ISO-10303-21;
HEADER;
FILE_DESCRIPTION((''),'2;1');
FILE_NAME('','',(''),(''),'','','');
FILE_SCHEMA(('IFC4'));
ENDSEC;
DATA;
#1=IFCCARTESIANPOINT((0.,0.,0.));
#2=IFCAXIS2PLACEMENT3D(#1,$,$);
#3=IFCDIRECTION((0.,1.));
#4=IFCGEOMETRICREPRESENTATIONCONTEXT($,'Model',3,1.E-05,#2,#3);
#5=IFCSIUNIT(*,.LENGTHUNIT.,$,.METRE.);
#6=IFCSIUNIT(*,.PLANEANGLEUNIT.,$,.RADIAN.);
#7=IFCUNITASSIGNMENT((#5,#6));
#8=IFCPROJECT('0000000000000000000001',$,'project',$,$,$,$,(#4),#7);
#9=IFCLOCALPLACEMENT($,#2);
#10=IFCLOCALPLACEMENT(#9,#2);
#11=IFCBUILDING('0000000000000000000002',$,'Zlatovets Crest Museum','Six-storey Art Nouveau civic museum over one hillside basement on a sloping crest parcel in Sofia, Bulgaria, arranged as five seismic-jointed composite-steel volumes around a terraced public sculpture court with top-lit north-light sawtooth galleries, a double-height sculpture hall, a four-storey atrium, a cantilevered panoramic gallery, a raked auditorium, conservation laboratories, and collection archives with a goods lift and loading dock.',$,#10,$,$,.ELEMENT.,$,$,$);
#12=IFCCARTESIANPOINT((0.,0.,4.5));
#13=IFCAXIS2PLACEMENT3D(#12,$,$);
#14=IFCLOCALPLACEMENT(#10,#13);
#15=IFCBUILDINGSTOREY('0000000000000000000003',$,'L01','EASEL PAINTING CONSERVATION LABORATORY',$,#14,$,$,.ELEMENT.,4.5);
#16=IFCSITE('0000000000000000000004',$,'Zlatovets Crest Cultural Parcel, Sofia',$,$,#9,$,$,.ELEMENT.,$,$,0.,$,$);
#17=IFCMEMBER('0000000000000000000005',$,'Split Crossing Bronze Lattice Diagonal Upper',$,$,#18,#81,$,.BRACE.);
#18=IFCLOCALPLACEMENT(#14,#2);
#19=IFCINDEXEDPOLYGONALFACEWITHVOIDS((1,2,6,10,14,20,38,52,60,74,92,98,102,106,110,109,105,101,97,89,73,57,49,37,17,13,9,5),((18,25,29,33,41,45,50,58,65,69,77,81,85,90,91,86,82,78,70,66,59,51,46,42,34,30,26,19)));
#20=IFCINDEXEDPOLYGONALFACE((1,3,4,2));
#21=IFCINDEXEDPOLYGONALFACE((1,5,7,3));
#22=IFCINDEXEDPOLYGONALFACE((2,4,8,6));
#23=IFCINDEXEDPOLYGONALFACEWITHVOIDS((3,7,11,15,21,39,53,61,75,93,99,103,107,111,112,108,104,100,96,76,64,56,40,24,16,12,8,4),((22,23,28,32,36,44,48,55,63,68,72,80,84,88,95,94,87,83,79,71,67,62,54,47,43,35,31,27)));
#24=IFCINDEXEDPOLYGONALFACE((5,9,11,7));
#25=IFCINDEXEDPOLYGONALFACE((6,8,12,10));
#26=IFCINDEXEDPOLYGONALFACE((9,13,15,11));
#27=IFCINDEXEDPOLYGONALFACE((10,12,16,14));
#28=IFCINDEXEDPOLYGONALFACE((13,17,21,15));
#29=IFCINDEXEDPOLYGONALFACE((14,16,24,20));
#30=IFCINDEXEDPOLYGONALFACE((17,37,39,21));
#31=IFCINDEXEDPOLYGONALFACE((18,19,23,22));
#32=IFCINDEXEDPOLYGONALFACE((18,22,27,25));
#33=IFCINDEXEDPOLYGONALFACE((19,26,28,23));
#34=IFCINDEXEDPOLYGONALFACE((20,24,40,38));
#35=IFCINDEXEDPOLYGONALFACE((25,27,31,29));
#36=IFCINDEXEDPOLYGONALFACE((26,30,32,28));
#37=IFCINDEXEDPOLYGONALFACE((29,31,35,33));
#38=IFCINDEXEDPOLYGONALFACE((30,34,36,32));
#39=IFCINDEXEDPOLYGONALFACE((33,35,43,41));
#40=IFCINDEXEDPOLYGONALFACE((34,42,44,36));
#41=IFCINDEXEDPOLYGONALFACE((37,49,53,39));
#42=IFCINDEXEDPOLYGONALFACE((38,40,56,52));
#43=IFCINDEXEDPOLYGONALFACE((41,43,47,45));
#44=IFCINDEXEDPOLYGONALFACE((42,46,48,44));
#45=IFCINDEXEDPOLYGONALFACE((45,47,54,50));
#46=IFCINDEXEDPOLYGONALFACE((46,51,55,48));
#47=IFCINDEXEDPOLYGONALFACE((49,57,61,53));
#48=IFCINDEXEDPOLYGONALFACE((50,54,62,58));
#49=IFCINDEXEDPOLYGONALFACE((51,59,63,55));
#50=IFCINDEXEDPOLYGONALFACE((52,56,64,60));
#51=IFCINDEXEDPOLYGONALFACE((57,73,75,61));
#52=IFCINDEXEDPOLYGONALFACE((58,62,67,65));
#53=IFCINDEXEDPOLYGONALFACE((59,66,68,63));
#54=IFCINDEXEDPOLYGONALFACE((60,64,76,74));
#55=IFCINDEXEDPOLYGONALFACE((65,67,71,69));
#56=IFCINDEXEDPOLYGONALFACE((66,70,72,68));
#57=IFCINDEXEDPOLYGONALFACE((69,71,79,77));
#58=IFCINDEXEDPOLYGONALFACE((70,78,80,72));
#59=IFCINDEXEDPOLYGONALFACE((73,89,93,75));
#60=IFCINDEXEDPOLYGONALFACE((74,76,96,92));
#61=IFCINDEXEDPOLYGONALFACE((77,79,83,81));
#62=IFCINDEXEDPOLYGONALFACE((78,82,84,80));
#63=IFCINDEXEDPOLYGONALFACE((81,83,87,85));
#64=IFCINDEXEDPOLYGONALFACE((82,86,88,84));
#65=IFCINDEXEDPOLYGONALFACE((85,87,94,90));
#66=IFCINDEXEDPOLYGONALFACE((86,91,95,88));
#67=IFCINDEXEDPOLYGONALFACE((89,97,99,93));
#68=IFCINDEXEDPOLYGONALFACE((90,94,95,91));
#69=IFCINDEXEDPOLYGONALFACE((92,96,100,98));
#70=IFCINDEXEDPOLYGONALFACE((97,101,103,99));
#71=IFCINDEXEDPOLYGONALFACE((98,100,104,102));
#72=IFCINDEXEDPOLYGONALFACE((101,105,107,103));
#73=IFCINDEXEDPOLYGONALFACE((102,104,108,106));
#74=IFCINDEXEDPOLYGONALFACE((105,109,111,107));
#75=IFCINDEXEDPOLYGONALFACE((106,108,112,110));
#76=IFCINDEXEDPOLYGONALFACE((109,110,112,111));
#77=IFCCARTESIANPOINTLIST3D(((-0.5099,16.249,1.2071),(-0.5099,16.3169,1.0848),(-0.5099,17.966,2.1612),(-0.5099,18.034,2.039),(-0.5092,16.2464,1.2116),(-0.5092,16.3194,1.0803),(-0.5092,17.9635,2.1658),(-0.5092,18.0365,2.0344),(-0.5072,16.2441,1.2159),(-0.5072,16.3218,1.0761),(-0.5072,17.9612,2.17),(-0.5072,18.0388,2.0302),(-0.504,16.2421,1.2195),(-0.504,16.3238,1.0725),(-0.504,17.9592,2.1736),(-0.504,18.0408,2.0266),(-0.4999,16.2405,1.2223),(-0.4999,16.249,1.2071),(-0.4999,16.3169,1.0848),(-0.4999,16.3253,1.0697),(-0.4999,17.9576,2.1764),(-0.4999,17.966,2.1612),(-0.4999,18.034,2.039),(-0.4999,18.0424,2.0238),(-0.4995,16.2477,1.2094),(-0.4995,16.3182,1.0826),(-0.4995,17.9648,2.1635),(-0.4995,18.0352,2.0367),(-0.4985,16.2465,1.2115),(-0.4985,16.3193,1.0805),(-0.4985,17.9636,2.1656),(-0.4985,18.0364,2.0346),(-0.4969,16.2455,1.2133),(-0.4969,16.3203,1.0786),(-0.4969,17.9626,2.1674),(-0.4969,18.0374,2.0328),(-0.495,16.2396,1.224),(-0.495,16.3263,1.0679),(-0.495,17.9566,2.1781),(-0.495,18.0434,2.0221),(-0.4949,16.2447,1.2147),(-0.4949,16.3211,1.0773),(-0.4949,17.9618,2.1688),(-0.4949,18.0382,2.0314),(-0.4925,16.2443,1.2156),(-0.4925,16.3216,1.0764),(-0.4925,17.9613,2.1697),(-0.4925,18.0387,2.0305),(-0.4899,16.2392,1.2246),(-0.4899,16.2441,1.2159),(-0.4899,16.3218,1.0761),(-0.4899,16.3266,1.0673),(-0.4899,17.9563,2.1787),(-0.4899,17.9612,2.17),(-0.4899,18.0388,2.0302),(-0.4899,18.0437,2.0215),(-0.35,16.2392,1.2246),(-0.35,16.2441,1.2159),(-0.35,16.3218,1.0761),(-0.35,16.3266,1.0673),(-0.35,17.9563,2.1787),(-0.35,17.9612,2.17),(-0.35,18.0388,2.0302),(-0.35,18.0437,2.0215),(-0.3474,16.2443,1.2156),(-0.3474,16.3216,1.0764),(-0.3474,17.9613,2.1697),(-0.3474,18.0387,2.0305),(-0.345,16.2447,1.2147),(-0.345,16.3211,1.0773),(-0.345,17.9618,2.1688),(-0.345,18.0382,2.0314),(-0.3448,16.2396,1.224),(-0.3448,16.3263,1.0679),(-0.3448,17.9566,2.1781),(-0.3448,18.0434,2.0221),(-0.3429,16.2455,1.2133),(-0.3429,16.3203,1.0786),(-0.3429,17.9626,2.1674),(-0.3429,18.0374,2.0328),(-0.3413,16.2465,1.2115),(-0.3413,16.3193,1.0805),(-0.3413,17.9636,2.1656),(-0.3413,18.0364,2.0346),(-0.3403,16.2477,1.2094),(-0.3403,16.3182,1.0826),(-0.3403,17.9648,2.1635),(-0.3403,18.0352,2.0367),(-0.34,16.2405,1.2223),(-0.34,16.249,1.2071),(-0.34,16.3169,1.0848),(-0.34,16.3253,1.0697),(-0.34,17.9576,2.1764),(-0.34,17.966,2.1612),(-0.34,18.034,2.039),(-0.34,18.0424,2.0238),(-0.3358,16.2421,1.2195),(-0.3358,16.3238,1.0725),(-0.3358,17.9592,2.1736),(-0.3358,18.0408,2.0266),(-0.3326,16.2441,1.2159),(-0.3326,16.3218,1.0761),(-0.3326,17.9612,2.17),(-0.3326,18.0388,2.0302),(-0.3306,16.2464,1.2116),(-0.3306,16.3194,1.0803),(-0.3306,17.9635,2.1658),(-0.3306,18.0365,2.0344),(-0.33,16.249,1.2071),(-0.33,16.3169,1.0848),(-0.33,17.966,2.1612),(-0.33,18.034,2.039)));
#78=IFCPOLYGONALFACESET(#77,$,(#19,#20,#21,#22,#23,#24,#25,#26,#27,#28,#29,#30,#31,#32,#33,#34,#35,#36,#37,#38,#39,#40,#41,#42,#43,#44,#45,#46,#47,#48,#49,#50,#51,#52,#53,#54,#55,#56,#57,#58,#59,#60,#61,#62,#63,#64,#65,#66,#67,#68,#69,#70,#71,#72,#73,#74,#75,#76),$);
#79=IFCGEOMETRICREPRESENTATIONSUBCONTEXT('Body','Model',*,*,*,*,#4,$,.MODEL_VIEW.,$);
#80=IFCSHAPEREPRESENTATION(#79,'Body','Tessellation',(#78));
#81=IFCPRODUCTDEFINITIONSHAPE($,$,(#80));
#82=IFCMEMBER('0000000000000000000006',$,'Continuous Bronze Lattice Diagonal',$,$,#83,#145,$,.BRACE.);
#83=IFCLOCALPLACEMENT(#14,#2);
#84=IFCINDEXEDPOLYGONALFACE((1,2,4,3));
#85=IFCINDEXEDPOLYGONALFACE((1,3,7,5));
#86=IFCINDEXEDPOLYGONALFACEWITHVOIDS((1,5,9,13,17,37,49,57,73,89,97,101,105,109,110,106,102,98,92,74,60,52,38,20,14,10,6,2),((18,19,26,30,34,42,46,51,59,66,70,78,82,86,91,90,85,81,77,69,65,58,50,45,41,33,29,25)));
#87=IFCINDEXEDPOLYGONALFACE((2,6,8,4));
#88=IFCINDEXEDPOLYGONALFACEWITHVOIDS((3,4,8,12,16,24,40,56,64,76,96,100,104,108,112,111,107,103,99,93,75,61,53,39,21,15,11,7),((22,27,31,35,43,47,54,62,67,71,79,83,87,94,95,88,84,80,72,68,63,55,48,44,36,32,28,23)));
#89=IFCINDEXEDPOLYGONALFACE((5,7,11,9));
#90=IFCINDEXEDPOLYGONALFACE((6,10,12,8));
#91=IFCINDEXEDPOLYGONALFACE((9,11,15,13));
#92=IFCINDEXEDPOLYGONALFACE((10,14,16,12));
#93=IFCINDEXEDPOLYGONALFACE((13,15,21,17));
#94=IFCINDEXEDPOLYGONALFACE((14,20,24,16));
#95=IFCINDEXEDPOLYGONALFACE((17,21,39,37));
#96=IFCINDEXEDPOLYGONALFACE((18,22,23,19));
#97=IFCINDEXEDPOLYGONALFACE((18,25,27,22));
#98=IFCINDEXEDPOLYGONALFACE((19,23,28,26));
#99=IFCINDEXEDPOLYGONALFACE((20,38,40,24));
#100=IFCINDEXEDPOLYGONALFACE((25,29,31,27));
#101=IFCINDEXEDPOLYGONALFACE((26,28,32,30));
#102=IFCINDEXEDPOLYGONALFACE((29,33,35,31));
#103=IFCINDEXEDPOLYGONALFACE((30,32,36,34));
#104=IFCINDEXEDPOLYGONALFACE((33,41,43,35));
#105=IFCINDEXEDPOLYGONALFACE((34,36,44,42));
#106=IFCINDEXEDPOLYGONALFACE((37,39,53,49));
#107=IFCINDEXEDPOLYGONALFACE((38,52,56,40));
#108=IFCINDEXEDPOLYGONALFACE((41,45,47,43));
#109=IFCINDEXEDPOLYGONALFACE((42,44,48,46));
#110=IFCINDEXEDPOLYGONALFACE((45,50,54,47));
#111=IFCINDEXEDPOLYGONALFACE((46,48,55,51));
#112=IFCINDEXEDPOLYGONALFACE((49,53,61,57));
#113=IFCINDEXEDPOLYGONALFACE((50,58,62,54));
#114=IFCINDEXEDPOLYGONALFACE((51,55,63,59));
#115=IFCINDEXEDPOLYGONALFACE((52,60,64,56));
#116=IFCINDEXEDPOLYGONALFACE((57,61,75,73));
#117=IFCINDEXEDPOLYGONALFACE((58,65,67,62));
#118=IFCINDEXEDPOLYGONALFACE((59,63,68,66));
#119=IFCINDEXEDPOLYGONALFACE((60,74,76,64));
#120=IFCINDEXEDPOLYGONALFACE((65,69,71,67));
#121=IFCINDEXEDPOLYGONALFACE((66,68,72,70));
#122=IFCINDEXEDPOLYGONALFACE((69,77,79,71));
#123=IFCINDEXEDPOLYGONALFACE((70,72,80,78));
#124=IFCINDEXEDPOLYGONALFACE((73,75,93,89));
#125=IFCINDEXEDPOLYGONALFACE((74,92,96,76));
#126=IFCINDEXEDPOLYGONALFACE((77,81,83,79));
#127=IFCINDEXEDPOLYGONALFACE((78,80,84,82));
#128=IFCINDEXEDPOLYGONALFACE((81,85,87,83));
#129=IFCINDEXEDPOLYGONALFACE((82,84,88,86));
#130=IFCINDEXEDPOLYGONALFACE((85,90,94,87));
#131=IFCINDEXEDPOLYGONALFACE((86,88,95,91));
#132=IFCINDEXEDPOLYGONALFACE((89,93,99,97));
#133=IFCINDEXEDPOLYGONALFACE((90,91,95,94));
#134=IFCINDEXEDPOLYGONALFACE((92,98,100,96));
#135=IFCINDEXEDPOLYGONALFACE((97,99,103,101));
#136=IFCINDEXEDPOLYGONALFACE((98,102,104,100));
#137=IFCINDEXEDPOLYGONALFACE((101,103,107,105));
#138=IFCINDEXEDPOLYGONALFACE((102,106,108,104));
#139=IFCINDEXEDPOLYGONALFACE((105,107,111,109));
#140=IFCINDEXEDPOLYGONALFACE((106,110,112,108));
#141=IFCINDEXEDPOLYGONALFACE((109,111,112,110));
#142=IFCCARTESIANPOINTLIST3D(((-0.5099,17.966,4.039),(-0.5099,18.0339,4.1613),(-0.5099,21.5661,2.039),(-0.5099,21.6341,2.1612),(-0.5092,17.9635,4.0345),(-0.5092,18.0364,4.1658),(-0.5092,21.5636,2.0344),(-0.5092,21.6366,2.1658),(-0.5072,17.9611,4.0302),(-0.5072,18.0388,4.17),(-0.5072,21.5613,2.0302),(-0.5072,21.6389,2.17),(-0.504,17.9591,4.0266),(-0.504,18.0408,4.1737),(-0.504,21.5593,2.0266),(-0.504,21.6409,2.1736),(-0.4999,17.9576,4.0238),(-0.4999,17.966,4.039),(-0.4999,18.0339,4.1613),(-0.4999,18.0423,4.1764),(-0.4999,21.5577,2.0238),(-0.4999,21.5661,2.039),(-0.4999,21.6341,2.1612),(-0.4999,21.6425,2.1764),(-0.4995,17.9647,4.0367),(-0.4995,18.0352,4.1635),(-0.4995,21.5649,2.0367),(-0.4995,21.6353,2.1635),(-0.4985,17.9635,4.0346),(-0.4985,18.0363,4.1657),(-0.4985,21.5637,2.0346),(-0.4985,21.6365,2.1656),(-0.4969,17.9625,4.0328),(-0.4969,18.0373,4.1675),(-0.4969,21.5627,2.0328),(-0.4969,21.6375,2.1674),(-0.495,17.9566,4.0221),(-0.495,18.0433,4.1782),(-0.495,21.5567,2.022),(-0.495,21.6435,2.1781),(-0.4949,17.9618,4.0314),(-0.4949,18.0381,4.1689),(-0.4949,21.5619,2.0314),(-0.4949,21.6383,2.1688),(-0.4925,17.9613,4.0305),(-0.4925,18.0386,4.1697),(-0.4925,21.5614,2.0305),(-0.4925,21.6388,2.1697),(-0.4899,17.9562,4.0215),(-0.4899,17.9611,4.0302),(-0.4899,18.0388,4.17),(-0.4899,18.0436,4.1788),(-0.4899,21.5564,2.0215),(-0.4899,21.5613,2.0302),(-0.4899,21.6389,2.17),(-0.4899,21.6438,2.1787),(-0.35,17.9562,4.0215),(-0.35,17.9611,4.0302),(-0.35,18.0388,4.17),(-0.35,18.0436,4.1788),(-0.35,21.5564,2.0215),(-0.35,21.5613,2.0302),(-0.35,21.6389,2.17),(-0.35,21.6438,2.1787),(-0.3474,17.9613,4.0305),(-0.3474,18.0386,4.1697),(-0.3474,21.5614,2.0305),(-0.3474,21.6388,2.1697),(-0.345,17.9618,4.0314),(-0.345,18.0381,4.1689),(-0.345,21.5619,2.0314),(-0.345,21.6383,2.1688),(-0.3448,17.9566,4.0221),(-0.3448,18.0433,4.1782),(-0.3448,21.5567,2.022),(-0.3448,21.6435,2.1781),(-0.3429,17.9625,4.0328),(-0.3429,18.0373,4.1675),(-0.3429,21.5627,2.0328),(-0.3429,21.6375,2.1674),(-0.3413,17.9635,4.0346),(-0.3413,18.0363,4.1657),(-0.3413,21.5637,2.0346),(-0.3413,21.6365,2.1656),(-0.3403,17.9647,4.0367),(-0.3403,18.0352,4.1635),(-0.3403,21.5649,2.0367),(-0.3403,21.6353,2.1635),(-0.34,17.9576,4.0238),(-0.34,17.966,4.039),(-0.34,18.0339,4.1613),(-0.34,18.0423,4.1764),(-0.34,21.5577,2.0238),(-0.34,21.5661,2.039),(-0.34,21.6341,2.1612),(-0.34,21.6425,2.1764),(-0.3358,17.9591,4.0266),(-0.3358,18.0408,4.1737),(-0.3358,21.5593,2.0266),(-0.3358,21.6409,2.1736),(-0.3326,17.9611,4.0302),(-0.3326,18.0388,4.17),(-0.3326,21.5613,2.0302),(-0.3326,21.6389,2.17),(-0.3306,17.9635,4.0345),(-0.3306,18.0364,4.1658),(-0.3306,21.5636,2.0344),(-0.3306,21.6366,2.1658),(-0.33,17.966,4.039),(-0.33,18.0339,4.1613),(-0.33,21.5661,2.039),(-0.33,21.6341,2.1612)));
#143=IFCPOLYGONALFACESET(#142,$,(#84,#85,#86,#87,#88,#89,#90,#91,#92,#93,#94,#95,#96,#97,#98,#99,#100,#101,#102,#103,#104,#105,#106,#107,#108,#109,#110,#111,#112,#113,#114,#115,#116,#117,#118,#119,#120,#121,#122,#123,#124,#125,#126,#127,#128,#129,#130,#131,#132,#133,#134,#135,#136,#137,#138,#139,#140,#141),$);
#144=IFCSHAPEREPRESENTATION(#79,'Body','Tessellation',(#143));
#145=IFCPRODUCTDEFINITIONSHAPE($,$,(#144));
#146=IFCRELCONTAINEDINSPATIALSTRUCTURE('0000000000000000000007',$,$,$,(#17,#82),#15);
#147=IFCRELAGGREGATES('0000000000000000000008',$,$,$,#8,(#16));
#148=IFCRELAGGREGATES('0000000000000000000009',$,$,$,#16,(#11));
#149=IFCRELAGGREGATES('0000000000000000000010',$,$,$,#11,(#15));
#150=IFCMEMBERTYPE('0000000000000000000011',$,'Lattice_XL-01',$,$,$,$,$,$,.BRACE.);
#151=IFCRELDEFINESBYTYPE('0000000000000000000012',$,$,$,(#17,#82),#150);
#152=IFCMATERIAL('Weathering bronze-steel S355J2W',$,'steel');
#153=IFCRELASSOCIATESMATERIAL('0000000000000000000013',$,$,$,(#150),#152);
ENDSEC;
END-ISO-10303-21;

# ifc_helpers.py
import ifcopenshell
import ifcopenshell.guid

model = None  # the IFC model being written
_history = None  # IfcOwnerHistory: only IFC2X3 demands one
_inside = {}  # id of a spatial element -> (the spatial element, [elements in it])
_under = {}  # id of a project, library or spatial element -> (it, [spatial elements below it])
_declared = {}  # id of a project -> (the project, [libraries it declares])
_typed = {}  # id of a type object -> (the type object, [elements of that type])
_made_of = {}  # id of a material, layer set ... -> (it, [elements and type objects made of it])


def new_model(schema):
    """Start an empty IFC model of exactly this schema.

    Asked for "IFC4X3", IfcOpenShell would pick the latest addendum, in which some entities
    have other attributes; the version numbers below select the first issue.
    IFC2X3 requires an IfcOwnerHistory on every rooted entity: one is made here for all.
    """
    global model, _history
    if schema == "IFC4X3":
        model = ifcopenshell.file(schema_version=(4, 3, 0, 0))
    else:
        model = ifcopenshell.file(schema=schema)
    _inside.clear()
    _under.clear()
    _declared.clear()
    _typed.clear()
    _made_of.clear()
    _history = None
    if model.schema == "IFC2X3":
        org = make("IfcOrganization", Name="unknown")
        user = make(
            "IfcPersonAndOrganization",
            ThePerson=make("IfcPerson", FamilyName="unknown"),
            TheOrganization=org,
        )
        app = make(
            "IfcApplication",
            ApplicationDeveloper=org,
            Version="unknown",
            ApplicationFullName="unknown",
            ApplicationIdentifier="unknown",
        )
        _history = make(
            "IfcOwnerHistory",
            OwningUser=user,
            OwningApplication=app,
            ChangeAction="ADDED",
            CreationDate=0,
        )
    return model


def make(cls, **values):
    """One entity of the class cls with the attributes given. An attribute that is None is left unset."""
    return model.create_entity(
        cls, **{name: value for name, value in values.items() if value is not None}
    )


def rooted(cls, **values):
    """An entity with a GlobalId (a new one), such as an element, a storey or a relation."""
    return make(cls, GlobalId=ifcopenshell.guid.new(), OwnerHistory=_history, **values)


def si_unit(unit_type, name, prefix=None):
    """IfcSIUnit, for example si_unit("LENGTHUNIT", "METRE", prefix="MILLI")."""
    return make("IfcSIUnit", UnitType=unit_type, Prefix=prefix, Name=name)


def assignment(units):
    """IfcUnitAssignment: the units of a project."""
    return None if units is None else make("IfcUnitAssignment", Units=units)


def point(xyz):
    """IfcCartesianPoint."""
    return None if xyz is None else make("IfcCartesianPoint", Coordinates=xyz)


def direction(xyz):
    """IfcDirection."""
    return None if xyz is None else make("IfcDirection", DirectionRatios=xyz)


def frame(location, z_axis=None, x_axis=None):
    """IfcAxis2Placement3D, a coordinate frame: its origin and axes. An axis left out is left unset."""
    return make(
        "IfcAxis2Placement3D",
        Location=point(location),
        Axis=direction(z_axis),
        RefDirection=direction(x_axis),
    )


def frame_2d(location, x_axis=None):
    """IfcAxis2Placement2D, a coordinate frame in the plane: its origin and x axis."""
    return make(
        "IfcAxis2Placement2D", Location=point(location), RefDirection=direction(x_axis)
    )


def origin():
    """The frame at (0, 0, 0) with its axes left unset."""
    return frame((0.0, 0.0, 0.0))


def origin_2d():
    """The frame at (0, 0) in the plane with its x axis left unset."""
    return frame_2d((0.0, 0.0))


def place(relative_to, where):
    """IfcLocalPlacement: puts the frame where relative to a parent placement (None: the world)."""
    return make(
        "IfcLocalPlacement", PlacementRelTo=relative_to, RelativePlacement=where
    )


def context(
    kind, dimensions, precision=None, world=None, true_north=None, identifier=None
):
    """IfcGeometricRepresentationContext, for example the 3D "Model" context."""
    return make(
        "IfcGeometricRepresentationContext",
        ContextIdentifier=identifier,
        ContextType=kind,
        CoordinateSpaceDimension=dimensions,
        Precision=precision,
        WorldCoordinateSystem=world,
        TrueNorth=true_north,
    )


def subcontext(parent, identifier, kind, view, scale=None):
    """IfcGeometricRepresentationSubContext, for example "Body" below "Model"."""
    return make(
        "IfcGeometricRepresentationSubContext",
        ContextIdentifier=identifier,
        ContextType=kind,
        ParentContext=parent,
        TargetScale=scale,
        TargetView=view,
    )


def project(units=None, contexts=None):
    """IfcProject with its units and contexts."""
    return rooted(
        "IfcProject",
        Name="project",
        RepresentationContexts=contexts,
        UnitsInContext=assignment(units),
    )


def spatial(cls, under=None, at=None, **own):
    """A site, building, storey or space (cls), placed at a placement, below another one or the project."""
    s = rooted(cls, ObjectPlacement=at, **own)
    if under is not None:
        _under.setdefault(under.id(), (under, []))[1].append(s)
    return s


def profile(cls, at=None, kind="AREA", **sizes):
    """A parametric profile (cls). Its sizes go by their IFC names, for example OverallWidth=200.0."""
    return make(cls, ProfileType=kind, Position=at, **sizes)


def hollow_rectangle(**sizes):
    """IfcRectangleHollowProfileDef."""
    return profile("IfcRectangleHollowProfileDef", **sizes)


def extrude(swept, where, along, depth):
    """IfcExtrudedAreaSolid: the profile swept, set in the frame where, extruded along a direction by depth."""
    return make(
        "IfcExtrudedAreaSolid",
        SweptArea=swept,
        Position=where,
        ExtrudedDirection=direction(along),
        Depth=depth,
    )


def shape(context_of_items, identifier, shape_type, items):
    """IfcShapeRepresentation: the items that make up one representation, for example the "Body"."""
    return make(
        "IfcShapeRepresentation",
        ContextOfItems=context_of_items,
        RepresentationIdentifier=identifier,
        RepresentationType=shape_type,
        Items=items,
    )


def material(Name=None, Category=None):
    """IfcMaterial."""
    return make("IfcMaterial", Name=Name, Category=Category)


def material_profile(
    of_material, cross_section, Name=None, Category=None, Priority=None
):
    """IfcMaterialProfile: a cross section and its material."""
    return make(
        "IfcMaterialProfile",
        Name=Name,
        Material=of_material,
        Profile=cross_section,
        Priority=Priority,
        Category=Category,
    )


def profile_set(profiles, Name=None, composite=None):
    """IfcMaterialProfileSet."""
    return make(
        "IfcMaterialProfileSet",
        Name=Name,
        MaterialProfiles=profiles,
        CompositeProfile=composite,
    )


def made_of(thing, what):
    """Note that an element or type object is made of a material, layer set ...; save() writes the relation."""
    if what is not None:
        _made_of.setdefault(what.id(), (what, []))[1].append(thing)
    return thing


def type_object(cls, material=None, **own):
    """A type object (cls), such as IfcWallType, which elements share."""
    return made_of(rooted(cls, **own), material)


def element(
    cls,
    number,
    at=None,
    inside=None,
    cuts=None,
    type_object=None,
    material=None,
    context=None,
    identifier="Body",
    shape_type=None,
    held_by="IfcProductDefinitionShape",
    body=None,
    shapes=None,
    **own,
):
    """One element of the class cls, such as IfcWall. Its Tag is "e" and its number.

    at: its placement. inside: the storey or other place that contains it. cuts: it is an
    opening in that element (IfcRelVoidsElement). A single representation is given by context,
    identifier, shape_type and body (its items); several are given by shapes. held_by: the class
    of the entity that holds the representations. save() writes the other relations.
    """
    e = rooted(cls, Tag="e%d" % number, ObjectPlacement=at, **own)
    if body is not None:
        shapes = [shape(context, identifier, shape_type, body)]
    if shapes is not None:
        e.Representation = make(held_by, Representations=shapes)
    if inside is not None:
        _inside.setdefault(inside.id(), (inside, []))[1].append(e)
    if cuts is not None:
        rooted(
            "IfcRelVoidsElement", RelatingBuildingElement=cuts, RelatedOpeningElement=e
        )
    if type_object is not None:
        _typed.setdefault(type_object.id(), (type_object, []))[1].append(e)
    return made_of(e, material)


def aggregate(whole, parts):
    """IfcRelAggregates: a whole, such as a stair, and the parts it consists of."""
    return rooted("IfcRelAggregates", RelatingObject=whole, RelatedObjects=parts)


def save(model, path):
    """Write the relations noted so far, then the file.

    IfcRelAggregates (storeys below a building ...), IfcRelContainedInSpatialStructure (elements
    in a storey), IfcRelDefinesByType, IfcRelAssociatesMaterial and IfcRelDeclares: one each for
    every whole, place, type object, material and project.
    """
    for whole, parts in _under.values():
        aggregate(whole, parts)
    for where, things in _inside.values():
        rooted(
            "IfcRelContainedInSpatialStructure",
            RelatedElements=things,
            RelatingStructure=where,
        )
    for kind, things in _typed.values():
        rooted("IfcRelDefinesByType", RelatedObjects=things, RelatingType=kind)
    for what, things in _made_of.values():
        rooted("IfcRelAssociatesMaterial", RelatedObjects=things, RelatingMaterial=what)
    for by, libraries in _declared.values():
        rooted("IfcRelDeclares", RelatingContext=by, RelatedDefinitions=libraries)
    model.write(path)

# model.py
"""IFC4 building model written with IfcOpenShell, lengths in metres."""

from ifc_helpers import new_model, si_unit, direction, frame, origin, origin_2d, place, context, subcontext, project, spatial, hollow_rectangle, extrude, material, material_profile, profile_set, type_object, element, save


model = new_model("IFC4")

# Units and contexts
model_context = context("Model", 3, precision=1e-05, world=origin(), true_north=direction((0.0, 1.0)))
body_context = subcontext(model_context, "Body", "Model", "MODEL_VIEW")
ifc_project = project(units=[si_unit("LENGTHUNIT", "METRE"), si_unit("PLANEANGLEUNIT", "RADIAN")], contexts=[model_context])

# Site, building, storey
site_placement = place(None, origin())
site = spatial("IfcSite", under=ifc_project, at=site_placement, Name="Zlatovets Crest Cultural Parcel, Sofia", CompositionType="ELEMENT", RefElevation=0.0)
building_placement = place(site_placement, origin())
building = spatial("IfcBuilding", under=site, at=building_placement, Name="Zlatovets Crest Museum", Description="Six-storey Art Nouveau civic museum over one hillside basement on a sloping crest parcel in Sofia, Bulgaria, arranged as five seismic-jointed composite-steel volumes around a terraced public sculpture court with top-lit north-light sawtooth galleries, a double-height sculpture hall, a four-storey atrium, a cantilevered panoramic gallery, a raked auditorium, conservation laboratories, and collection archives with a goods lift and loading dock.", CompositionType="ELEMENT")
storey_placement = place(building_placement, frame((0.0, 0.0, 4.5)))
storey = spatial("IfcBuildingStorey", under=building, at=storey_placement, Name="L01", Description="EASEL PAINTING CONSERVATION LABORATORY", CompositionType="ELEMENT", Elevation=4.5)

# Members
ifc_material_1 = material(Name="Weathering bronze-steel S355J2W", Category="steel")
ifc_material_profile_1 = material_profile(ifc_material_1, hollow_rectangle(XDim=0.1799, YDim=0.1799, WallThickness=0.01, InnerFilletRadius=0.01, OuterFilletRadius=0.02, at=origin_2d()), Name="SHS 180x180x10.0")
ifc_profile_set_1 = profile_set([ifc_material_profile_1], Name="Weathering bronze-steel S355J2W")
member_type_1 = type_object("IfcMemberType", Name="Lattice_XL-01", PredefinedType="BRACE", material=ifc_profile_set_1)
member_1_placement = place(storey_placement, frame((-0.4199, 18.0, 2.1001), z_axis=(0.0, -0.874116, -0.485717), x_axis=(1.0, 0.0, 0.0)))
element("IfcMember", 1, at=member_1_placement, inside=storey, type_object=member_type_1, Name="Split Crossing Bronze Lattice Diagonal Upper", PredefinedType="BRACE", context=body_context, shape_type="SweptSolid", body=[
    extrude(hollow_rectangle(XDim=0.1799, YDim=0.1799, WallThickness=0.01, InnerFilletRadius=0.01, OuterFilletRadius=0.02, at=origin_2d()), origin(), (0.0, 0.0, 1.0), 1.9644),
])
member_2_placement = place(storey_placement, frame((-0.4199, 21.6001, 2.1001), z_axis=(0.0, -0.874163, 0.485633), x_axis=(1.0, 0.0, 0.0)))
element("IfcMember", 2, at=member_2_placement, inside=storey, type_object=member_type_1, Name="Continuous Bronze Lattice Diagonal", PredefinedType="BRACE", context=body_context, shape_type="SweptSolid", body=[
    extrude(hollow_rectangle(XDim=0.1799, YDim=0.1799, WallThickness=0.01, InnerFilletRadius=0.01, OuterFilletRadius=0.02, at=origin_2d()), origin(), (0.0, 0.0, 1.0), 4.1184),
])

save(model, "model.ifc")
